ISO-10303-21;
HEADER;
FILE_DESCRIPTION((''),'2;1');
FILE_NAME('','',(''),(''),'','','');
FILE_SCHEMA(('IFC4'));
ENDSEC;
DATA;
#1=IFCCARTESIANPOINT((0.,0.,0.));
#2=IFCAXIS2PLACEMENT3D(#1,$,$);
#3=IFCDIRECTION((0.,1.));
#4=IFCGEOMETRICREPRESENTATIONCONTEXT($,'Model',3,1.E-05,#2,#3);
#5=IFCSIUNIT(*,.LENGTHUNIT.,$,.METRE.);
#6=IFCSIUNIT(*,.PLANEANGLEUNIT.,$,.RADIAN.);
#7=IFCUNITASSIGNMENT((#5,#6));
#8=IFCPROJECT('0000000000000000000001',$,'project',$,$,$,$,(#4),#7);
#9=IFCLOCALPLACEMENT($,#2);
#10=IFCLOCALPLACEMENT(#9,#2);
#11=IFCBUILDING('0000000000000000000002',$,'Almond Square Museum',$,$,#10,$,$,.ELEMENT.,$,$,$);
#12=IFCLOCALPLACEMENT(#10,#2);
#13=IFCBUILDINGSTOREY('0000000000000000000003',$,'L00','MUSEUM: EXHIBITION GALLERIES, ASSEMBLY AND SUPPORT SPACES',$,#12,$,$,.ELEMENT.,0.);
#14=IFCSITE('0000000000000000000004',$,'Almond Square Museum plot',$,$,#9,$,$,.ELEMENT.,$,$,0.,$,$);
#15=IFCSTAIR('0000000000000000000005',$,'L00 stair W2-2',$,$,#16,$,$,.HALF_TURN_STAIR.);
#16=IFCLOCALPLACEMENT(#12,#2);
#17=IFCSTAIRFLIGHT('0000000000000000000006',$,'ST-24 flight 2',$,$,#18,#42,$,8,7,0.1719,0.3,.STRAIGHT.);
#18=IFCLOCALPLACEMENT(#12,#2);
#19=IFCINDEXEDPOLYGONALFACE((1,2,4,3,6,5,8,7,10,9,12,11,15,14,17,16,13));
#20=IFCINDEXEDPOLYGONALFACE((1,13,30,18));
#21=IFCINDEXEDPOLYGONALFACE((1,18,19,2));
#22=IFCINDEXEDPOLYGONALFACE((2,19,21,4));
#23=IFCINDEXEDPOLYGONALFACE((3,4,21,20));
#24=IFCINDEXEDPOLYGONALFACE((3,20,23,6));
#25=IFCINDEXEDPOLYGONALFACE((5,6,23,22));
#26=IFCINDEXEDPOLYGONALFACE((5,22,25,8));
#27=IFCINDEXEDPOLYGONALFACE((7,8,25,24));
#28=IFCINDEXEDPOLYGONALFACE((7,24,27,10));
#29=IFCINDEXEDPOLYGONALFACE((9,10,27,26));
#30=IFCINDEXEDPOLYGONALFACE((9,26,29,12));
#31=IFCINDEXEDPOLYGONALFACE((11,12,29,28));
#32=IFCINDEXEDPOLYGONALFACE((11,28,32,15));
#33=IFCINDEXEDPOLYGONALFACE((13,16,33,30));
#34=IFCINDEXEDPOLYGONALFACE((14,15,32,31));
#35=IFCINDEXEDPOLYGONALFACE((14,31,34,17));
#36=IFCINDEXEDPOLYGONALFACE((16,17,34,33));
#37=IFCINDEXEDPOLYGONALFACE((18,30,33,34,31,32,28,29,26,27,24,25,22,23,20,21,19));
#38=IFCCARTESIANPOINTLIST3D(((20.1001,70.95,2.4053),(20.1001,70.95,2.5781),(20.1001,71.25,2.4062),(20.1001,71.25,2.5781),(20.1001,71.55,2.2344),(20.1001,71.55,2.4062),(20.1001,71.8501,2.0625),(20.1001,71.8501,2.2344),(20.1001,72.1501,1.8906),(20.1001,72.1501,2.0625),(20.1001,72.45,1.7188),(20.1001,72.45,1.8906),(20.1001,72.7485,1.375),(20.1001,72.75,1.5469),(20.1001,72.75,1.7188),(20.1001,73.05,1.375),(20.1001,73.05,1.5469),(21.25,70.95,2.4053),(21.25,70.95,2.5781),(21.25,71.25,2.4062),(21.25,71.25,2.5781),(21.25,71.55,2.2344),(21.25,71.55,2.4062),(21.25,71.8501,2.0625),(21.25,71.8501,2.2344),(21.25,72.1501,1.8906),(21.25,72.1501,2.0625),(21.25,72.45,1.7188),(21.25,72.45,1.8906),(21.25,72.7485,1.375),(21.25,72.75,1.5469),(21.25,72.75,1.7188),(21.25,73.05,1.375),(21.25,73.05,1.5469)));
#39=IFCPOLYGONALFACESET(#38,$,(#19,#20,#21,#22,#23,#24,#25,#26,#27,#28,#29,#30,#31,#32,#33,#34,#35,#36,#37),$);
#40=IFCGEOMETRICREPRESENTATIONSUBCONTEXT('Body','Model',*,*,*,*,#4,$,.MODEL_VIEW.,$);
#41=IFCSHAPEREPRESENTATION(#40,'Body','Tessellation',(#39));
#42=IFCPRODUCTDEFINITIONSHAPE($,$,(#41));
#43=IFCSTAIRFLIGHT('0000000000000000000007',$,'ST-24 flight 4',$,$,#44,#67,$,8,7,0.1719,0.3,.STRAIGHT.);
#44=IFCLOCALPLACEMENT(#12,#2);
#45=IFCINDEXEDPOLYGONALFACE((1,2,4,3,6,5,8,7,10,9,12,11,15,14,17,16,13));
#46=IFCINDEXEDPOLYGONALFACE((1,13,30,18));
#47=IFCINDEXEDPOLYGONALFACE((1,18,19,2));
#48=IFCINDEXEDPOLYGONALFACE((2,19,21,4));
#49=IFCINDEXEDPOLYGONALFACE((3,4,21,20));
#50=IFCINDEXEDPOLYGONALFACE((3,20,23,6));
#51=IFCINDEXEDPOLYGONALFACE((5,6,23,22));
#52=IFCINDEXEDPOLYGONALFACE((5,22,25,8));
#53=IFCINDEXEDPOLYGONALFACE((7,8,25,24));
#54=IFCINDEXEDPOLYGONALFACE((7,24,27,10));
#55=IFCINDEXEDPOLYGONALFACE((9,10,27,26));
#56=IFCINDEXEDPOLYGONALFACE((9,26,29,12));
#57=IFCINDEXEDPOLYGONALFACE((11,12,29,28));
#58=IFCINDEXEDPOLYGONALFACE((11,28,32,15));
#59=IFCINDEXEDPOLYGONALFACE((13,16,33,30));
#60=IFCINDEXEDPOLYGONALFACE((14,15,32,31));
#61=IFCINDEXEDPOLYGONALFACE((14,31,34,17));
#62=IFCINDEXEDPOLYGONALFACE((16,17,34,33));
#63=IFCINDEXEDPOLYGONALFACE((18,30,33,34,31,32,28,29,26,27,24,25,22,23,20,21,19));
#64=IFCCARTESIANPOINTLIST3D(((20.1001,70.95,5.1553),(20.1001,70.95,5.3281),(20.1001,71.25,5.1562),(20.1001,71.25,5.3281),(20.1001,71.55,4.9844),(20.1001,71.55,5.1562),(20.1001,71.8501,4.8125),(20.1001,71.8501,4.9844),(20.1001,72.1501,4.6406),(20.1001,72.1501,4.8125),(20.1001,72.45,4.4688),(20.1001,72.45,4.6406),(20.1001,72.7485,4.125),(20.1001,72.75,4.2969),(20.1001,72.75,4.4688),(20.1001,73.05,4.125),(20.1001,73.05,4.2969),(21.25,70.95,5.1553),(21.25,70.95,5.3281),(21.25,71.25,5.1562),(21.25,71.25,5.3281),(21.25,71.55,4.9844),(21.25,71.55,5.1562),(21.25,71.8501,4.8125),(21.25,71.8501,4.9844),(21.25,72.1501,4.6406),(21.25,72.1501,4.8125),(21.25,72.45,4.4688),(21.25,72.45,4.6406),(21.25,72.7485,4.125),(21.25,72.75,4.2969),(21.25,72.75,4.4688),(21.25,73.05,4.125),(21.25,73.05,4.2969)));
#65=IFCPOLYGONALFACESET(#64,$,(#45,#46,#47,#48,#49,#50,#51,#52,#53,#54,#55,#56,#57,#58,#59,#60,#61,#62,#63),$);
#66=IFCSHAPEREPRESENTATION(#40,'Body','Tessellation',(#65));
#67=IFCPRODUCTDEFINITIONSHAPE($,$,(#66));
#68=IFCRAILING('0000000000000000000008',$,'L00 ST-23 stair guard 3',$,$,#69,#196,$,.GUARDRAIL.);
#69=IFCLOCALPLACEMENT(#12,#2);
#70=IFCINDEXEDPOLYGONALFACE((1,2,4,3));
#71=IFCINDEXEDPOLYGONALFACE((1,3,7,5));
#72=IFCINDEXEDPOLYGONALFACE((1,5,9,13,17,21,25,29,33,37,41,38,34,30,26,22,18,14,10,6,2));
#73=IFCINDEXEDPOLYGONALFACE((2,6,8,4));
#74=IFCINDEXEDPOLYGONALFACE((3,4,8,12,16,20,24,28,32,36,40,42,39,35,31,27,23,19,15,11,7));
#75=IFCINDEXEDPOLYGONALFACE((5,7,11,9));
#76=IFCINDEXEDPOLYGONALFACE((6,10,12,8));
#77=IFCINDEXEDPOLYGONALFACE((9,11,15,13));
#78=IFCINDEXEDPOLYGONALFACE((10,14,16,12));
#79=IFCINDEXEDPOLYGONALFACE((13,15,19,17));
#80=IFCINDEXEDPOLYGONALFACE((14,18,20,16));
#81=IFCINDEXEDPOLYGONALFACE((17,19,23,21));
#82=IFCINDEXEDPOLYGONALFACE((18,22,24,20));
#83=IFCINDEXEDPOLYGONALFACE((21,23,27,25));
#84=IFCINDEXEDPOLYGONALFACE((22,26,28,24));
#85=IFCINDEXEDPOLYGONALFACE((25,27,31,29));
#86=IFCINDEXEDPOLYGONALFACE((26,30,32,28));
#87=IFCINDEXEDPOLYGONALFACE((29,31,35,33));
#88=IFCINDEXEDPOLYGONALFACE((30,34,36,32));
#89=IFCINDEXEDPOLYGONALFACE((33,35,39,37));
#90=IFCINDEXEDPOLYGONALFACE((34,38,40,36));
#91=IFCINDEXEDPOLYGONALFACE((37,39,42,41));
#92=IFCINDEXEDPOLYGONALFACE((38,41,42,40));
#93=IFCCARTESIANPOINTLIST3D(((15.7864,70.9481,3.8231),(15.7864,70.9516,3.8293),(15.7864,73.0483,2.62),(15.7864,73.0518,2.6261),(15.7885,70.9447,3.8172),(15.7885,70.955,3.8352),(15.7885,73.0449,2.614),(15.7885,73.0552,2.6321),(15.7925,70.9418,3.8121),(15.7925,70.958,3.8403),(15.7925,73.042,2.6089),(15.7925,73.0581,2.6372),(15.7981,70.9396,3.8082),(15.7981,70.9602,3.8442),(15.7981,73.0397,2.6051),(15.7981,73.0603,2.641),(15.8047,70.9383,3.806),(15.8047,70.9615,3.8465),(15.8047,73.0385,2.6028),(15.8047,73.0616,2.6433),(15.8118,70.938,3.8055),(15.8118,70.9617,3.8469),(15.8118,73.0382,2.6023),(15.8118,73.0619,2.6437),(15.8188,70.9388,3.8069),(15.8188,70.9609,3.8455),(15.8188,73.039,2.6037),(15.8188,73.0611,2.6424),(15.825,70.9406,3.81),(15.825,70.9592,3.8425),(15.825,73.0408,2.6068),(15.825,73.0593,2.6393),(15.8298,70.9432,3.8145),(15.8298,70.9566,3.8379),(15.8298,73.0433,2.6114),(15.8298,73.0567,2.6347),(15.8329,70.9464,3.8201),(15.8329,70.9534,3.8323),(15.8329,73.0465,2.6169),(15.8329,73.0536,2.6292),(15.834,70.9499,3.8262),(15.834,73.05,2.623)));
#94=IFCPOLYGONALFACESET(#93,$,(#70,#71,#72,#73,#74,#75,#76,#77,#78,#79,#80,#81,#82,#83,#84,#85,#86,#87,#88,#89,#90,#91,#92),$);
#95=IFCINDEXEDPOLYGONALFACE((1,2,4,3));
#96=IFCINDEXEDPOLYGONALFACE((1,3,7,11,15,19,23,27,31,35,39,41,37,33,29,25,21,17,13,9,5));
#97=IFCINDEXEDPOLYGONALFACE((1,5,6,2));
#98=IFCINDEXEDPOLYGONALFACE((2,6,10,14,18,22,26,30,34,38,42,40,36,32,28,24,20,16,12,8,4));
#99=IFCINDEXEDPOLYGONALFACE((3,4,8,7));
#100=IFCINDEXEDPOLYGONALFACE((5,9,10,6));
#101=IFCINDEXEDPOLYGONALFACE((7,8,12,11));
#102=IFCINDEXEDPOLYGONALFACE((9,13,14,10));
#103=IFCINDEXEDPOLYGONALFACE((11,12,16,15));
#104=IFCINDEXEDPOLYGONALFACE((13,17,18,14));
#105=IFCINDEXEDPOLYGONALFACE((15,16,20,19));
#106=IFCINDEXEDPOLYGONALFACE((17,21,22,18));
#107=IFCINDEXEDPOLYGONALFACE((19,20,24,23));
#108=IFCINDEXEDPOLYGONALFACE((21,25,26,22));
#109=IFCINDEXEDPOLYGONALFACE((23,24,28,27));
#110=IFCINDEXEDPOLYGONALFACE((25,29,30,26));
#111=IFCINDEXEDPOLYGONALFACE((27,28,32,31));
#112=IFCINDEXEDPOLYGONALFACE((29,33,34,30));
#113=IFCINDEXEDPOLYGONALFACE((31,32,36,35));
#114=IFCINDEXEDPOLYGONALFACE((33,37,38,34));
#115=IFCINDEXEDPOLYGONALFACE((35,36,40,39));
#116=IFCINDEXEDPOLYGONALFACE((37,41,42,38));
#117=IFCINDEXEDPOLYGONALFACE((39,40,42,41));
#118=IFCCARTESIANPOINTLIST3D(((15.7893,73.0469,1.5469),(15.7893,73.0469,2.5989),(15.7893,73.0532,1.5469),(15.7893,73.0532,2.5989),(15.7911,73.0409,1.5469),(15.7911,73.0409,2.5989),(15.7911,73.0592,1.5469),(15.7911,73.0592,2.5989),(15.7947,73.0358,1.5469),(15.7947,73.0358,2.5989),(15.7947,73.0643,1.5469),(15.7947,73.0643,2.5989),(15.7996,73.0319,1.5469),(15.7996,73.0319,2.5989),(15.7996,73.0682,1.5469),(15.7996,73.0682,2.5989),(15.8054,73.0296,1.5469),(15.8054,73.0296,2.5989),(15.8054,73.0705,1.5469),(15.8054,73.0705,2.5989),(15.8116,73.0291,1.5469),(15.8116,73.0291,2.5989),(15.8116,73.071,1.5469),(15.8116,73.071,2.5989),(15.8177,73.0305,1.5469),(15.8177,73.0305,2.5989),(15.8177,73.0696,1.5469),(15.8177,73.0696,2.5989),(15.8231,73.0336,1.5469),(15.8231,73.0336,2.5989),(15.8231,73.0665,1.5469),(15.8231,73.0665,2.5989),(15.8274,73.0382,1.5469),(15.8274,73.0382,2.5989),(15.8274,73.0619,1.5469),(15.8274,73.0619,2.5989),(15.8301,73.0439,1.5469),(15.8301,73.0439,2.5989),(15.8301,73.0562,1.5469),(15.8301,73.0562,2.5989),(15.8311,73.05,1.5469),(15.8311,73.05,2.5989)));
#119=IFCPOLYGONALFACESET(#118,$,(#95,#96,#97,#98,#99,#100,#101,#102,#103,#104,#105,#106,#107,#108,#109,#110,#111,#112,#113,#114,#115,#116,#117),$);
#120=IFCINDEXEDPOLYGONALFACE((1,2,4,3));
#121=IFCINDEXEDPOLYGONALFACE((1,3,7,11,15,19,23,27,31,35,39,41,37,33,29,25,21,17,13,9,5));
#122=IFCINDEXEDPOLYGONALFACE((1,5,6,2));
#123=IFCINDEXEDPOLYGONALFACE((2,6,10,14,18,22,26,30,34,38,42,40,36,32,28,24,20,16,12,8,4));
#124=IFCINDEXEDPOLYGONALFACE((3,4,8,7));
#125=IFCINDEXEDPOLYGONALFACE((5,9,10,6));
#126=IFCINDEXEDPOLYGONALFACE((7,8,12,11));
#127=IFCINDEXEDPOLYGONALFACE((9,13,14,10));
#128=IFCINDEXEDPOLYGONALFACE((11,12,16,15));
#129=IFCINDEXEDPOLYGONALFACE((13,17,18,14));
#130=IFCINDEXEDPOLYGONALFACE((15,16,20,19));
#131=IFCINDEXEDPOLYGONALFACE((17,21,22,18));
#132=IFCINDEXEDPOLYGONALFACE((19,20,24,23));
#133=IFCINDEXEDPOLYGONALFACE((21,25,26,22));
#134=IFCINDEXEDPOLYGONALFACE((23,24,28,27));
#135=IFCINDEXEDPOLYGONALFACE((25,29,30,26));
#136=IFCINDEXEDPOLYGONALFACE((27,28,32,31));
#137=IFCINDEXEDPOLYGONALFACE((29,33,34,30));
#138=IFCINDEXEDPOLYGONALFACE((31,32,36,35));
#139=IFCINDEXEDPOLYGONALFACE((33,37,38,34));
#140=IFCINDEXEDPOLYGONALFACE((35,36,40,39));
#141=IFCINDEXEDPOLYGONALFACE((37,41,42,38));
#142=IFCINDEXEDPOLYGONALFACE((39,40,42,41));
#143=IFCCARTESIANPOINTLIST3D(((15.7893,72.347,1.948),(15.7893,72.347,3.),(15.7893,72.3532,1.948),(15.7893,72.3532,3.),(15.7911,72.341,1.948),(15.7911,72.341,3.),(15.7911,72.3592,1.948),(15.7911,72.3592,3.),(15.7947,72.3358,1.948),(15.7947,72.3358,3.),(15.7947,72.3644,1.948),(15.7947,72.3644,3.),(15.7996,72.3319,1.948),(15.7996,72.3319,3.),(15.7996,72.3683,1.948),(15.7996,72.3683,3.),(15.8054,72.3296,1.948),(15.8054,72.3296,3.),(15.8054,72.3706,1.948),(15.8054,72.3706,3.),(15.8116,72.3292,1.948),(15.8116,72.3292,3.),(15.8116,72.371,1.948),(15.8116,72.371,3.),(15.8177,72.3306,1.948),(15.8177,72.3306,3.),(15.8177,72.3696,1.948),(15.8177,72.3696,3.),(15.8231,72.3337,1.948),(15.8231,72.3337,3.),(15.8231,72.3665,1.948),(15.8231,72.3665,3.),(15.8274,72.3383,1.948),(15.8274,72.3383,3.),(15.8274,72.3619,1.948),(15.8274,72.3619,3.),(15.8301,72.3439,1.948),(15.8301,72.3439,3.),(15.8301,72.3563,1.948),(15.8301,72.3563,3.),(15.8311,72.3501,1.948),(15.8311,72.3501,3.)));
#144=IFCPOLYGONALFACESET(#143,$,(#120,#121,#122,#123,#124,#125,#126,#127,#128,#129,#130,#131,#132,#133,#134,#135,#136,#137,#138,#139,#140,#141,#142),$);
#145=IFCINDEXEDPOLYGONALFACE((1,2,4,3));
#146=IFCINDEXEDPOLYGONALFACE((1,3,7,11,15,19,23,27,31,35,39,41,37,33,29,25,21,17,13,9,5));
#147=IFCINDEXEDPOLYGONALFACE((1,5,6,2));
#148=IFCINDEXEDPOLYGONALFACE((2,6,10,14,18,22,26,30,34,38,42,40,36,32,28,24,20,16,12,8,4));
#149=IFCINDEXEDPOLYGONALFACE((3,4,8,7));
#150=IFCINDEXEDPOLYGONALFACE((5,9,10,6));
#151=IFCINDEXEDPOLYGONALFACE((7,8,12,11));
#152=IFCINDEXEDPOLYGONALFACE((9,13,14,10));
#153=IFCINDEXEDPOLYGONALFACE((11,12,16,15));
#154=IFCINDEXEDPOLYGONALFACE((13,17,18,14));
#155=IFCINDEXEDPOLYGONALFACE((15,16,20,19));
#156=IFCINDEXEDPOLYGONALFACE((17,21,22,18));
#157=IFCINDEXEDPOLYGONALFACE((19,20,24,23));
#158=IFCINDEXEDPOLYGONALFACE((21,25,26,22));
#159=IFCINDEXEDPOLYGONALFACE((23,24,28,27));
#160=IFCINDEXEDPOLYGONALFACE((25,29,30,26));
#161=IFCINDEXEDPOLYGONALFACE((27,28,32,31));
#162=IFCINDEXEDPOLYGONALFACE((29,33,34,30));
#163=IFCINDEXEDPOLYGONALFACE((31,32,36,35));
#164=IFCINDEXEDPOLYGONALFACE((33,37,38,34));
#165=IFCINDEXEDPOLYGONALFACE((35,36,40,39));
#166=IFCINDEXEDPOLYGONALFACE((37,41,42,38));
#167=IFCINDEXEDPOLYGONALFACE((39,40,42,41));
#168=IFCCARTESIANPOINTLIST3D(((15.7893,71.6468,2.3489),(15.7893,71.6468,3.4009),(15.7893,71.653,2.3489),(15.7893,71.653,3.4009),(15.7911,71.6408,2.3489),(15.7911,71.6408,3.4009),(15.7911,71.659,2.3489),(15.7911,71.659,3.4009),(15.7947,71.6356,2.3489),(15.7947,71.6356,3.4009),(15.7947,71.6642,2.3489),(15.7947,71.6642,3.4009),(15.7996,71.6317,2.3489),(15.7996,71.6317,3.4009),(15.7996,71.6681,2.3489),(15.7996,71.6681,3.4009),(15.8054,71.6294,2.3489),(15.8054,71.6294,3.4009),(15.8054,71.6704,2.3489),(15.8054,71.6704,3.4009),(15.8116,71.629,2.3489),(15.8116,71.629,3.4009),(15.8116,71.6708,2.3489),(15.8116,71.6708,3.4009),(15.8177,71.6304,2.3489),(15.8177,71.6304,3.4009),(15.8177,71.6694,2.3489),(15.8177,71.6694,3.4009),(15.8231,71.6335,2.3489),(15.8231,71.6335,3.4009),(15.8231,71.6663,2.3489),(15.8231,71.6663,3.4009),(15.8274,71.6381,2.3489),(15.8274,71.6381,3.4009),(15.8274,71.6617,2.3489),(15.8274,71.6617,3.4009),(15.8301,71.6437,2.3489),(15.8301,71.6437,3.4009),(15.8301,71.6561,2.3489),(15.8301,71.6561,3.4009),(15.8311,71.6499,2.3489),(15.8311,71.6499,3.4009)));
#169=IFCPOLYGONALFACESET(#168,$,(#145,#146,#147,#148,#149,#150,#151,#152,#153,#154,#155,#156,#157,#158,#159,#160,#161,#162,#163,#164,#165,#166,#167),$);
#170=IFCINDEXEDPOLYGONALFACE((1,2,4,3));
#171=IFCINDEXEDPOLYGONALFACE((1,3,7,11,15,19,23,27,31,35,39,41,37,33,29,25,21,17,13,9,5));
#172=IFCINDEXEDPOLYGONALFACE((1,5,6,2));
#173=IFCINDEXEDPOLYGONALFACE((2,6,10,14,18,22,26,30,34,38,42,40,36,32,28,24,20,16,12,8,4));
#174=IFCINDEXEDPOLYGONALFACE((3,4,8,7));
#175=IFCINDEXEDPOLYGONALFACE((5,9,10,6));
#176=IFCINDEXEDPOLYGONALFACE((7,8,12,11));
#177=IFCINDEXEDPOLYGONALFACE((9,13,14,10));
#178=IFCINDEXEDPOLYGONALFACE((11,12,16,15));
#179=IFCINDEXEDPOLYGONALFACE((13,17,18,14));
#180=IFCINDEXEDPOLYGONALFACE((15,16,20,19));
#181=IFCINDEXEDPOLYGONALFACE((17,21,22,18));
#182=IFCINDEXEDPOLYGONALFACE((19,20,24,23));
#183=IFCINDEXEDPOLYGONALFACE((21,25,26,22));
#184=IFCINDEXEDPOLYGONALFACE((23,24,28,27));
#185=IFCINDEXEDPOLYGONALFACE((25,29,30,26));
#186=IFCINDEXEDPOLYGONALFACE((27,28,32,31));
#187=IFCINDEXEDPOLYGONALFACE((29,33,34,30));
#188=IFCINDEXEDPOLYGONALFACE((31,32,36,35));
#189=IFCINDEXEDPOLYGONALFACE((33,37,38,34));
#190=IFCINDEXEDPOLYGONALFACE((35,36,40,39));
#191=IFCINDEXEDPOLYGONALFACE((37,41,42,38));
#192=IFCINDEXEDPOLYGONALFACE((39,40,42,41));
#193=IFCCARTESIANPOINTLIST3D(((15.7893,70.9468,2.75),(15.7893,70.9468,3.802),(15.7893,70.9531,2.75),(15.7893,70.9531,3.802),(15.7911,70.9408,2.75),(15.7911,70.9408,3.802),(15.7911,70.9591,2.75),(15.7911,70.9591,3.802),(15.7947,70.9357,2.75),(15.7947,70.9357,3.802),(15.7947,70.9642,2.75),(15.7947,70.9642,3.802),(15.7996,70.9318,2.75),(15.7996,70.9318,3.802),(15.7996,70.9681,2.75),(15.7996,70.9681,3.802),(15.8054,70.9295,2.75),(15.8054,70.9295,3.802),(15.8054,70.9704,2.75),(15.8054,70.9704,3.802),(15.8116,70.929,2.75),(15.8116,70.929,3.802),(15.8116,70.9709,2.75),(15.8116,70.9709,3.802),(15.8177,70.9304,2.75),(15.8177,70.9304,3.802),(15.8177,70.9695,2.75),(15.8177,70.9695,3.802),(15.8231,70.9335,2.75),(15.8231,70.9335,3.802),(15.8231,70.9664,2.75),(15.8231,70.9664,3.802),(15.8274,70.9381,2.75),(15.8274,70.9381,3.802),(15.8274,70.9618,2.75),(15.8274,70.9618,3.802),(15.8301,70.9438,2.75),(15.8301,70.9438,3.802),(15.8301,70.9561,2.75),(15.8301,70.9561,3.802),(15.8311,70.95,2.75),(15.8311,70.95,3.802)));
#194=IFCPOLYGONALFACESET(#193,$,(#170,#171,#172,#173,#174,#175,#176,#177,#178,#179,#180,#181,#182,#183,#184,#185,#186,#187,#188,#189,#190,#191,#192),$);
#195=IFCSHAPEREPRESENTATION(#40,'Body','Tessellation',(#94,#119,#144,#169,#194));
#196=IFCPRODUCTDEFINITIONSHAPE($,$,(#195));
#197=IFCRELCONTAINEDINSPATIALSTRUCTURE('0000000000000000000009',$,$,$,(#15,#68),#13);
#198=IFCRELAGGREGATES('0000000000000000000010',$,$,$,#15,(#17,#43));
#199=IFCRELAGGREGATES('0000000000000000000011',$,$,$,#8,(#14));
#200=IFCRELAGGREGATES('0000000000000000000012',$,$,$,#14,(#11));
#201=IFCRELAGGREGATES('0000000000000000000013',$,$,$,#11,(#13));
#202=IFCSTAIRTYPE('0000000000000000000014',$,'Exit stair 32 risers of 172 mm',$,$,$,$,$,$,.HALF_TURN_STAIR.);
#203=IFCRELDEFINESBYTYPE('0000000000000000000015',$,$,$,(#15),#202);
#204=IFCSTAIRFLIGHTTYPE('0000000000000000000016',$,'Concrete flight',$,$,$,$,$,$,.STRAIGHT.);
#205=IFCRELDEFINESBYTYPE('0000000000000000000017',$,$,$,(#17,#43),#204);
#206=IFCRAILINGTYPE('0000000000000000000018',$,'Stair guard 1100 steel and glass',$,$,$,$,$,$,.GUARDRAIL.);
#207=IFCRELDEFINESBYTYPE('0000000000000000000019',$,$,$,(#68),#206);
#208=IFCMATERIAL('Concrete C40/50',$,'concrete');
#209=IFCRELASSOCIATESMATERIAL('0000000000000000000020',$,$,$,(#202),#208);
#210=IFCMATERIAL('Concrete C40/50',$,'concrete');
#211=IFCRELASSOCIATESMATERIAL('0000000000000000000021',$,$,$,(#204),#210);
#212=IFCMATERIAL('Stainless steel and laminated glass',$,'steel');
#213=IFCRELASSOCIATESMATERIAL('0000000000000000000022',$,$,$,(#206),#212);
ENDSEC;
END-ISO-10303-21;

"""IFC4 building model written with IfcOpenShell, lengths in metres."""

from ifc_helpers import new_model, si_unit, direction, frame, origin, origin_2d, place, context, subcontext, project, spatial, polyline, circle, outline, extrude, material, type_object, element, aggregate, save


model = new_model("IFC4")

# Units and contexts
model_context = context("Model", 3, precision=1e-05, world=origin(), true_north=direction((0.0, 1.0)))
body_context = subcontext(model_context, "Body", "Model", "MODEL_VIEW")
ifc_project = project(units=[si_unit("LENGTHUNIT", "METRE"), si_unit("PLANEANGLEUNIT", "RADIAN")], contexts=[model_context])

# Site, building, storey
site_placement = place(None, origin())
site = spatial("IfcSite", under=ifc_project, at=site_placement, Name="Almond Square Museum plot", CompositionType="ELEMENT", RefElevation=0.0)
building_placement = place(site_placement, origin())
building = spatial("IfcBuilding", under=site, at=building_placement, Name="Almond Square Museum", CompositionType="ELEMENT")
storey_placement = place(building_placement, origin())
storey = spatial("IfcBuildingStorey", under=building, at=storey_placement, Name="L00", Description="MUSEUM: EXHIBITION GALLERIES, ASSEMBLY AND SUPPORT SPACES", CompositionType="ELEMENT", Elevation=0.0)

# Stair, stair flights
ifc_material_1 = material(Name="Concrete C40/50", Category="concrete")
stair_type = type_object("IfcStairType", Name="Exit stair 32 risers of 172 mm", PredefinedType="HALF_TURN_STAIR", material=ifc_material_1)
stair_placement = place(storey_placement, origin())
stair = element("IfcStair", 1, at=stair_placement, inside=storey, type_object=stair_type, Name="L00 stair W2-2", PredefinedType="HALF_TURN_STAIR")
ifc_material_2 = material(Name="Concrete C40/50", Category="concrete")
stair_flight_type = type_object("IfcStairFlightType", Name="Concrete flight", PredefinedType="STRAIGHT", material=ifc_material_2)
stair_flight_1_placement = place(storey_placement, frame((20.675, 73.05, 1.375), z_axis=(0.0, 0.0, 1.0), x_axis=(0.0, -1.0, 0.0)))
stair_flight_1 = element("IfcStairFlight", 2, at=stair_flight_1_placement, type_object=stair_flight_type, Name="ST-24 flight 2", NumberOfRisers=8, NumberOfTreads=7, PredefinedType="STRAIGHT", RiserHeight=0.1719, TreadLength=0.3, context=body_context, shape_type="SweptSolid", body=[
    extrude(outline(polyline([(0.0, 0.0), (0.0, 0.1719), (0.3, 0.1719), (0.3, 0.3438), (0.6001, 0.3438), (0.6001, 0.5156), (0.8999, 0.5156), (0.8999, 0.6875), (1.2, 0.6875), (1.2, 0.8594), (1.5, 0.8594), (1.5, 1.0312), (1.8, 1.0312), (1.8, 1.2031), (2.1001, 1.2031), (2.1001, 1.375), (2.1001, 1.0303), (0.3015, 0.0), (0.0, 0.0)])), frame((0.0, 0.575, 0.0), z_axis=(0.0, -1.0, 0.0), x_axis=(1.0, 0.0, 0.0)), (0.0, 0.0, 1.0), 1.1499),
])
stair_flight_2_placement = place(storey_placement, frame((20.675, 73.05, 4.125), z_axis=(0.0, 0.0, 1.0), x_axis=(0.0, -1.0, 0.0)))
stair_flight_2 = element("IfcStairFlight", 3, at=stair_flight_2_placement, type_object=stair_flight_type, Name="ST-24 flight 4", NumberOfRisers=8, NumberOfTreads=7, PredefinedType="STRAIGHT", RiserHeight=0.1719, TreadLength=0.3, context=body_context, shape_type="SweptSolid", body=[
    extrude(outline(polyline([(0.0, 0.0), (0.0, 0.1719), (0.3, 0.1719), (0.3, 0.3438), (0.6001, 0.3438), (0.6001, 0.5156), (0.8999, 0.5156), (0.8999, 0.6875), (1.2, 0.6875), (1.2, 0.8594), (1.5, 0.8594), (1.5, 1.0312), (1.8, 1.0312), (1.8, 1.2031), (2.1001, 1.2031), (2.1001, 1.375), (2.1001, 1.0303), (0.3015, 0.0), (0.0, 0.0)])), frame((0.0, 0.575, 0.0), z_axis=(0.0, -1.0, 0.0), x_axis=(1.0, 0.0, 0.0)), (0.0, 0.0, 1.0), 1.1499),
])
aggregate(stair, [stair_flight_1, stair_flight_2])

# Railing
ifc_material_3 = material(Name="Stainless steel and laminated glass", Category="steel")
railing_type_1 = type_object("IfcRailingType", Name="Stair guard 1100 steel and glass", PredefinedType="GUARDRAIL", material=ifc_material_3)
for number, where, name in (
    (4, (15.8101, 73.05, 1.5469), "L00 ST-23 stair guard 3"),
):
    element("IfcRailing", number, at=place(storey_placement, frame(where)), inside=storey, type_object=railing_type_1, Name=name, PredefinedType="GUARDRAIL", context=body_context, shape_type="SweptSolid", body=[
        extrude(circle(Radius=0.0239, at=origin_2d()), frame((0.0, 0.0, 1.0762), z_axis=(0.0, -0.867696, 0.497095), x_axis=(1.0, 0.0, 0.0)), (0.0, 0.0, 1.0), 2.4204),
        extrude(circle(Radius=0.021, at=origin_2d()), origin(), (0.0, 0.0, 1.0), 1.052),
        extrude(circle(Radius=0.021, at=origin_2d()), frame((0.0, -0.7, 0.4011)), (0.0, 0.0, 1.0), 1.052),
        extrude(circle(Radius=0.021, at=origin_2d()), frame((0.0, -1.4001, 0.802)), (0.0, 0.0, 1.0), 1.052),
        extrude(circle(Radius=0.021, at=origin_2d()), frame((0.0, -2.1001, 1.2031)), (0.0, 0.0, 1.0), 1.052),
    ])

save(model, "model.ifc")
